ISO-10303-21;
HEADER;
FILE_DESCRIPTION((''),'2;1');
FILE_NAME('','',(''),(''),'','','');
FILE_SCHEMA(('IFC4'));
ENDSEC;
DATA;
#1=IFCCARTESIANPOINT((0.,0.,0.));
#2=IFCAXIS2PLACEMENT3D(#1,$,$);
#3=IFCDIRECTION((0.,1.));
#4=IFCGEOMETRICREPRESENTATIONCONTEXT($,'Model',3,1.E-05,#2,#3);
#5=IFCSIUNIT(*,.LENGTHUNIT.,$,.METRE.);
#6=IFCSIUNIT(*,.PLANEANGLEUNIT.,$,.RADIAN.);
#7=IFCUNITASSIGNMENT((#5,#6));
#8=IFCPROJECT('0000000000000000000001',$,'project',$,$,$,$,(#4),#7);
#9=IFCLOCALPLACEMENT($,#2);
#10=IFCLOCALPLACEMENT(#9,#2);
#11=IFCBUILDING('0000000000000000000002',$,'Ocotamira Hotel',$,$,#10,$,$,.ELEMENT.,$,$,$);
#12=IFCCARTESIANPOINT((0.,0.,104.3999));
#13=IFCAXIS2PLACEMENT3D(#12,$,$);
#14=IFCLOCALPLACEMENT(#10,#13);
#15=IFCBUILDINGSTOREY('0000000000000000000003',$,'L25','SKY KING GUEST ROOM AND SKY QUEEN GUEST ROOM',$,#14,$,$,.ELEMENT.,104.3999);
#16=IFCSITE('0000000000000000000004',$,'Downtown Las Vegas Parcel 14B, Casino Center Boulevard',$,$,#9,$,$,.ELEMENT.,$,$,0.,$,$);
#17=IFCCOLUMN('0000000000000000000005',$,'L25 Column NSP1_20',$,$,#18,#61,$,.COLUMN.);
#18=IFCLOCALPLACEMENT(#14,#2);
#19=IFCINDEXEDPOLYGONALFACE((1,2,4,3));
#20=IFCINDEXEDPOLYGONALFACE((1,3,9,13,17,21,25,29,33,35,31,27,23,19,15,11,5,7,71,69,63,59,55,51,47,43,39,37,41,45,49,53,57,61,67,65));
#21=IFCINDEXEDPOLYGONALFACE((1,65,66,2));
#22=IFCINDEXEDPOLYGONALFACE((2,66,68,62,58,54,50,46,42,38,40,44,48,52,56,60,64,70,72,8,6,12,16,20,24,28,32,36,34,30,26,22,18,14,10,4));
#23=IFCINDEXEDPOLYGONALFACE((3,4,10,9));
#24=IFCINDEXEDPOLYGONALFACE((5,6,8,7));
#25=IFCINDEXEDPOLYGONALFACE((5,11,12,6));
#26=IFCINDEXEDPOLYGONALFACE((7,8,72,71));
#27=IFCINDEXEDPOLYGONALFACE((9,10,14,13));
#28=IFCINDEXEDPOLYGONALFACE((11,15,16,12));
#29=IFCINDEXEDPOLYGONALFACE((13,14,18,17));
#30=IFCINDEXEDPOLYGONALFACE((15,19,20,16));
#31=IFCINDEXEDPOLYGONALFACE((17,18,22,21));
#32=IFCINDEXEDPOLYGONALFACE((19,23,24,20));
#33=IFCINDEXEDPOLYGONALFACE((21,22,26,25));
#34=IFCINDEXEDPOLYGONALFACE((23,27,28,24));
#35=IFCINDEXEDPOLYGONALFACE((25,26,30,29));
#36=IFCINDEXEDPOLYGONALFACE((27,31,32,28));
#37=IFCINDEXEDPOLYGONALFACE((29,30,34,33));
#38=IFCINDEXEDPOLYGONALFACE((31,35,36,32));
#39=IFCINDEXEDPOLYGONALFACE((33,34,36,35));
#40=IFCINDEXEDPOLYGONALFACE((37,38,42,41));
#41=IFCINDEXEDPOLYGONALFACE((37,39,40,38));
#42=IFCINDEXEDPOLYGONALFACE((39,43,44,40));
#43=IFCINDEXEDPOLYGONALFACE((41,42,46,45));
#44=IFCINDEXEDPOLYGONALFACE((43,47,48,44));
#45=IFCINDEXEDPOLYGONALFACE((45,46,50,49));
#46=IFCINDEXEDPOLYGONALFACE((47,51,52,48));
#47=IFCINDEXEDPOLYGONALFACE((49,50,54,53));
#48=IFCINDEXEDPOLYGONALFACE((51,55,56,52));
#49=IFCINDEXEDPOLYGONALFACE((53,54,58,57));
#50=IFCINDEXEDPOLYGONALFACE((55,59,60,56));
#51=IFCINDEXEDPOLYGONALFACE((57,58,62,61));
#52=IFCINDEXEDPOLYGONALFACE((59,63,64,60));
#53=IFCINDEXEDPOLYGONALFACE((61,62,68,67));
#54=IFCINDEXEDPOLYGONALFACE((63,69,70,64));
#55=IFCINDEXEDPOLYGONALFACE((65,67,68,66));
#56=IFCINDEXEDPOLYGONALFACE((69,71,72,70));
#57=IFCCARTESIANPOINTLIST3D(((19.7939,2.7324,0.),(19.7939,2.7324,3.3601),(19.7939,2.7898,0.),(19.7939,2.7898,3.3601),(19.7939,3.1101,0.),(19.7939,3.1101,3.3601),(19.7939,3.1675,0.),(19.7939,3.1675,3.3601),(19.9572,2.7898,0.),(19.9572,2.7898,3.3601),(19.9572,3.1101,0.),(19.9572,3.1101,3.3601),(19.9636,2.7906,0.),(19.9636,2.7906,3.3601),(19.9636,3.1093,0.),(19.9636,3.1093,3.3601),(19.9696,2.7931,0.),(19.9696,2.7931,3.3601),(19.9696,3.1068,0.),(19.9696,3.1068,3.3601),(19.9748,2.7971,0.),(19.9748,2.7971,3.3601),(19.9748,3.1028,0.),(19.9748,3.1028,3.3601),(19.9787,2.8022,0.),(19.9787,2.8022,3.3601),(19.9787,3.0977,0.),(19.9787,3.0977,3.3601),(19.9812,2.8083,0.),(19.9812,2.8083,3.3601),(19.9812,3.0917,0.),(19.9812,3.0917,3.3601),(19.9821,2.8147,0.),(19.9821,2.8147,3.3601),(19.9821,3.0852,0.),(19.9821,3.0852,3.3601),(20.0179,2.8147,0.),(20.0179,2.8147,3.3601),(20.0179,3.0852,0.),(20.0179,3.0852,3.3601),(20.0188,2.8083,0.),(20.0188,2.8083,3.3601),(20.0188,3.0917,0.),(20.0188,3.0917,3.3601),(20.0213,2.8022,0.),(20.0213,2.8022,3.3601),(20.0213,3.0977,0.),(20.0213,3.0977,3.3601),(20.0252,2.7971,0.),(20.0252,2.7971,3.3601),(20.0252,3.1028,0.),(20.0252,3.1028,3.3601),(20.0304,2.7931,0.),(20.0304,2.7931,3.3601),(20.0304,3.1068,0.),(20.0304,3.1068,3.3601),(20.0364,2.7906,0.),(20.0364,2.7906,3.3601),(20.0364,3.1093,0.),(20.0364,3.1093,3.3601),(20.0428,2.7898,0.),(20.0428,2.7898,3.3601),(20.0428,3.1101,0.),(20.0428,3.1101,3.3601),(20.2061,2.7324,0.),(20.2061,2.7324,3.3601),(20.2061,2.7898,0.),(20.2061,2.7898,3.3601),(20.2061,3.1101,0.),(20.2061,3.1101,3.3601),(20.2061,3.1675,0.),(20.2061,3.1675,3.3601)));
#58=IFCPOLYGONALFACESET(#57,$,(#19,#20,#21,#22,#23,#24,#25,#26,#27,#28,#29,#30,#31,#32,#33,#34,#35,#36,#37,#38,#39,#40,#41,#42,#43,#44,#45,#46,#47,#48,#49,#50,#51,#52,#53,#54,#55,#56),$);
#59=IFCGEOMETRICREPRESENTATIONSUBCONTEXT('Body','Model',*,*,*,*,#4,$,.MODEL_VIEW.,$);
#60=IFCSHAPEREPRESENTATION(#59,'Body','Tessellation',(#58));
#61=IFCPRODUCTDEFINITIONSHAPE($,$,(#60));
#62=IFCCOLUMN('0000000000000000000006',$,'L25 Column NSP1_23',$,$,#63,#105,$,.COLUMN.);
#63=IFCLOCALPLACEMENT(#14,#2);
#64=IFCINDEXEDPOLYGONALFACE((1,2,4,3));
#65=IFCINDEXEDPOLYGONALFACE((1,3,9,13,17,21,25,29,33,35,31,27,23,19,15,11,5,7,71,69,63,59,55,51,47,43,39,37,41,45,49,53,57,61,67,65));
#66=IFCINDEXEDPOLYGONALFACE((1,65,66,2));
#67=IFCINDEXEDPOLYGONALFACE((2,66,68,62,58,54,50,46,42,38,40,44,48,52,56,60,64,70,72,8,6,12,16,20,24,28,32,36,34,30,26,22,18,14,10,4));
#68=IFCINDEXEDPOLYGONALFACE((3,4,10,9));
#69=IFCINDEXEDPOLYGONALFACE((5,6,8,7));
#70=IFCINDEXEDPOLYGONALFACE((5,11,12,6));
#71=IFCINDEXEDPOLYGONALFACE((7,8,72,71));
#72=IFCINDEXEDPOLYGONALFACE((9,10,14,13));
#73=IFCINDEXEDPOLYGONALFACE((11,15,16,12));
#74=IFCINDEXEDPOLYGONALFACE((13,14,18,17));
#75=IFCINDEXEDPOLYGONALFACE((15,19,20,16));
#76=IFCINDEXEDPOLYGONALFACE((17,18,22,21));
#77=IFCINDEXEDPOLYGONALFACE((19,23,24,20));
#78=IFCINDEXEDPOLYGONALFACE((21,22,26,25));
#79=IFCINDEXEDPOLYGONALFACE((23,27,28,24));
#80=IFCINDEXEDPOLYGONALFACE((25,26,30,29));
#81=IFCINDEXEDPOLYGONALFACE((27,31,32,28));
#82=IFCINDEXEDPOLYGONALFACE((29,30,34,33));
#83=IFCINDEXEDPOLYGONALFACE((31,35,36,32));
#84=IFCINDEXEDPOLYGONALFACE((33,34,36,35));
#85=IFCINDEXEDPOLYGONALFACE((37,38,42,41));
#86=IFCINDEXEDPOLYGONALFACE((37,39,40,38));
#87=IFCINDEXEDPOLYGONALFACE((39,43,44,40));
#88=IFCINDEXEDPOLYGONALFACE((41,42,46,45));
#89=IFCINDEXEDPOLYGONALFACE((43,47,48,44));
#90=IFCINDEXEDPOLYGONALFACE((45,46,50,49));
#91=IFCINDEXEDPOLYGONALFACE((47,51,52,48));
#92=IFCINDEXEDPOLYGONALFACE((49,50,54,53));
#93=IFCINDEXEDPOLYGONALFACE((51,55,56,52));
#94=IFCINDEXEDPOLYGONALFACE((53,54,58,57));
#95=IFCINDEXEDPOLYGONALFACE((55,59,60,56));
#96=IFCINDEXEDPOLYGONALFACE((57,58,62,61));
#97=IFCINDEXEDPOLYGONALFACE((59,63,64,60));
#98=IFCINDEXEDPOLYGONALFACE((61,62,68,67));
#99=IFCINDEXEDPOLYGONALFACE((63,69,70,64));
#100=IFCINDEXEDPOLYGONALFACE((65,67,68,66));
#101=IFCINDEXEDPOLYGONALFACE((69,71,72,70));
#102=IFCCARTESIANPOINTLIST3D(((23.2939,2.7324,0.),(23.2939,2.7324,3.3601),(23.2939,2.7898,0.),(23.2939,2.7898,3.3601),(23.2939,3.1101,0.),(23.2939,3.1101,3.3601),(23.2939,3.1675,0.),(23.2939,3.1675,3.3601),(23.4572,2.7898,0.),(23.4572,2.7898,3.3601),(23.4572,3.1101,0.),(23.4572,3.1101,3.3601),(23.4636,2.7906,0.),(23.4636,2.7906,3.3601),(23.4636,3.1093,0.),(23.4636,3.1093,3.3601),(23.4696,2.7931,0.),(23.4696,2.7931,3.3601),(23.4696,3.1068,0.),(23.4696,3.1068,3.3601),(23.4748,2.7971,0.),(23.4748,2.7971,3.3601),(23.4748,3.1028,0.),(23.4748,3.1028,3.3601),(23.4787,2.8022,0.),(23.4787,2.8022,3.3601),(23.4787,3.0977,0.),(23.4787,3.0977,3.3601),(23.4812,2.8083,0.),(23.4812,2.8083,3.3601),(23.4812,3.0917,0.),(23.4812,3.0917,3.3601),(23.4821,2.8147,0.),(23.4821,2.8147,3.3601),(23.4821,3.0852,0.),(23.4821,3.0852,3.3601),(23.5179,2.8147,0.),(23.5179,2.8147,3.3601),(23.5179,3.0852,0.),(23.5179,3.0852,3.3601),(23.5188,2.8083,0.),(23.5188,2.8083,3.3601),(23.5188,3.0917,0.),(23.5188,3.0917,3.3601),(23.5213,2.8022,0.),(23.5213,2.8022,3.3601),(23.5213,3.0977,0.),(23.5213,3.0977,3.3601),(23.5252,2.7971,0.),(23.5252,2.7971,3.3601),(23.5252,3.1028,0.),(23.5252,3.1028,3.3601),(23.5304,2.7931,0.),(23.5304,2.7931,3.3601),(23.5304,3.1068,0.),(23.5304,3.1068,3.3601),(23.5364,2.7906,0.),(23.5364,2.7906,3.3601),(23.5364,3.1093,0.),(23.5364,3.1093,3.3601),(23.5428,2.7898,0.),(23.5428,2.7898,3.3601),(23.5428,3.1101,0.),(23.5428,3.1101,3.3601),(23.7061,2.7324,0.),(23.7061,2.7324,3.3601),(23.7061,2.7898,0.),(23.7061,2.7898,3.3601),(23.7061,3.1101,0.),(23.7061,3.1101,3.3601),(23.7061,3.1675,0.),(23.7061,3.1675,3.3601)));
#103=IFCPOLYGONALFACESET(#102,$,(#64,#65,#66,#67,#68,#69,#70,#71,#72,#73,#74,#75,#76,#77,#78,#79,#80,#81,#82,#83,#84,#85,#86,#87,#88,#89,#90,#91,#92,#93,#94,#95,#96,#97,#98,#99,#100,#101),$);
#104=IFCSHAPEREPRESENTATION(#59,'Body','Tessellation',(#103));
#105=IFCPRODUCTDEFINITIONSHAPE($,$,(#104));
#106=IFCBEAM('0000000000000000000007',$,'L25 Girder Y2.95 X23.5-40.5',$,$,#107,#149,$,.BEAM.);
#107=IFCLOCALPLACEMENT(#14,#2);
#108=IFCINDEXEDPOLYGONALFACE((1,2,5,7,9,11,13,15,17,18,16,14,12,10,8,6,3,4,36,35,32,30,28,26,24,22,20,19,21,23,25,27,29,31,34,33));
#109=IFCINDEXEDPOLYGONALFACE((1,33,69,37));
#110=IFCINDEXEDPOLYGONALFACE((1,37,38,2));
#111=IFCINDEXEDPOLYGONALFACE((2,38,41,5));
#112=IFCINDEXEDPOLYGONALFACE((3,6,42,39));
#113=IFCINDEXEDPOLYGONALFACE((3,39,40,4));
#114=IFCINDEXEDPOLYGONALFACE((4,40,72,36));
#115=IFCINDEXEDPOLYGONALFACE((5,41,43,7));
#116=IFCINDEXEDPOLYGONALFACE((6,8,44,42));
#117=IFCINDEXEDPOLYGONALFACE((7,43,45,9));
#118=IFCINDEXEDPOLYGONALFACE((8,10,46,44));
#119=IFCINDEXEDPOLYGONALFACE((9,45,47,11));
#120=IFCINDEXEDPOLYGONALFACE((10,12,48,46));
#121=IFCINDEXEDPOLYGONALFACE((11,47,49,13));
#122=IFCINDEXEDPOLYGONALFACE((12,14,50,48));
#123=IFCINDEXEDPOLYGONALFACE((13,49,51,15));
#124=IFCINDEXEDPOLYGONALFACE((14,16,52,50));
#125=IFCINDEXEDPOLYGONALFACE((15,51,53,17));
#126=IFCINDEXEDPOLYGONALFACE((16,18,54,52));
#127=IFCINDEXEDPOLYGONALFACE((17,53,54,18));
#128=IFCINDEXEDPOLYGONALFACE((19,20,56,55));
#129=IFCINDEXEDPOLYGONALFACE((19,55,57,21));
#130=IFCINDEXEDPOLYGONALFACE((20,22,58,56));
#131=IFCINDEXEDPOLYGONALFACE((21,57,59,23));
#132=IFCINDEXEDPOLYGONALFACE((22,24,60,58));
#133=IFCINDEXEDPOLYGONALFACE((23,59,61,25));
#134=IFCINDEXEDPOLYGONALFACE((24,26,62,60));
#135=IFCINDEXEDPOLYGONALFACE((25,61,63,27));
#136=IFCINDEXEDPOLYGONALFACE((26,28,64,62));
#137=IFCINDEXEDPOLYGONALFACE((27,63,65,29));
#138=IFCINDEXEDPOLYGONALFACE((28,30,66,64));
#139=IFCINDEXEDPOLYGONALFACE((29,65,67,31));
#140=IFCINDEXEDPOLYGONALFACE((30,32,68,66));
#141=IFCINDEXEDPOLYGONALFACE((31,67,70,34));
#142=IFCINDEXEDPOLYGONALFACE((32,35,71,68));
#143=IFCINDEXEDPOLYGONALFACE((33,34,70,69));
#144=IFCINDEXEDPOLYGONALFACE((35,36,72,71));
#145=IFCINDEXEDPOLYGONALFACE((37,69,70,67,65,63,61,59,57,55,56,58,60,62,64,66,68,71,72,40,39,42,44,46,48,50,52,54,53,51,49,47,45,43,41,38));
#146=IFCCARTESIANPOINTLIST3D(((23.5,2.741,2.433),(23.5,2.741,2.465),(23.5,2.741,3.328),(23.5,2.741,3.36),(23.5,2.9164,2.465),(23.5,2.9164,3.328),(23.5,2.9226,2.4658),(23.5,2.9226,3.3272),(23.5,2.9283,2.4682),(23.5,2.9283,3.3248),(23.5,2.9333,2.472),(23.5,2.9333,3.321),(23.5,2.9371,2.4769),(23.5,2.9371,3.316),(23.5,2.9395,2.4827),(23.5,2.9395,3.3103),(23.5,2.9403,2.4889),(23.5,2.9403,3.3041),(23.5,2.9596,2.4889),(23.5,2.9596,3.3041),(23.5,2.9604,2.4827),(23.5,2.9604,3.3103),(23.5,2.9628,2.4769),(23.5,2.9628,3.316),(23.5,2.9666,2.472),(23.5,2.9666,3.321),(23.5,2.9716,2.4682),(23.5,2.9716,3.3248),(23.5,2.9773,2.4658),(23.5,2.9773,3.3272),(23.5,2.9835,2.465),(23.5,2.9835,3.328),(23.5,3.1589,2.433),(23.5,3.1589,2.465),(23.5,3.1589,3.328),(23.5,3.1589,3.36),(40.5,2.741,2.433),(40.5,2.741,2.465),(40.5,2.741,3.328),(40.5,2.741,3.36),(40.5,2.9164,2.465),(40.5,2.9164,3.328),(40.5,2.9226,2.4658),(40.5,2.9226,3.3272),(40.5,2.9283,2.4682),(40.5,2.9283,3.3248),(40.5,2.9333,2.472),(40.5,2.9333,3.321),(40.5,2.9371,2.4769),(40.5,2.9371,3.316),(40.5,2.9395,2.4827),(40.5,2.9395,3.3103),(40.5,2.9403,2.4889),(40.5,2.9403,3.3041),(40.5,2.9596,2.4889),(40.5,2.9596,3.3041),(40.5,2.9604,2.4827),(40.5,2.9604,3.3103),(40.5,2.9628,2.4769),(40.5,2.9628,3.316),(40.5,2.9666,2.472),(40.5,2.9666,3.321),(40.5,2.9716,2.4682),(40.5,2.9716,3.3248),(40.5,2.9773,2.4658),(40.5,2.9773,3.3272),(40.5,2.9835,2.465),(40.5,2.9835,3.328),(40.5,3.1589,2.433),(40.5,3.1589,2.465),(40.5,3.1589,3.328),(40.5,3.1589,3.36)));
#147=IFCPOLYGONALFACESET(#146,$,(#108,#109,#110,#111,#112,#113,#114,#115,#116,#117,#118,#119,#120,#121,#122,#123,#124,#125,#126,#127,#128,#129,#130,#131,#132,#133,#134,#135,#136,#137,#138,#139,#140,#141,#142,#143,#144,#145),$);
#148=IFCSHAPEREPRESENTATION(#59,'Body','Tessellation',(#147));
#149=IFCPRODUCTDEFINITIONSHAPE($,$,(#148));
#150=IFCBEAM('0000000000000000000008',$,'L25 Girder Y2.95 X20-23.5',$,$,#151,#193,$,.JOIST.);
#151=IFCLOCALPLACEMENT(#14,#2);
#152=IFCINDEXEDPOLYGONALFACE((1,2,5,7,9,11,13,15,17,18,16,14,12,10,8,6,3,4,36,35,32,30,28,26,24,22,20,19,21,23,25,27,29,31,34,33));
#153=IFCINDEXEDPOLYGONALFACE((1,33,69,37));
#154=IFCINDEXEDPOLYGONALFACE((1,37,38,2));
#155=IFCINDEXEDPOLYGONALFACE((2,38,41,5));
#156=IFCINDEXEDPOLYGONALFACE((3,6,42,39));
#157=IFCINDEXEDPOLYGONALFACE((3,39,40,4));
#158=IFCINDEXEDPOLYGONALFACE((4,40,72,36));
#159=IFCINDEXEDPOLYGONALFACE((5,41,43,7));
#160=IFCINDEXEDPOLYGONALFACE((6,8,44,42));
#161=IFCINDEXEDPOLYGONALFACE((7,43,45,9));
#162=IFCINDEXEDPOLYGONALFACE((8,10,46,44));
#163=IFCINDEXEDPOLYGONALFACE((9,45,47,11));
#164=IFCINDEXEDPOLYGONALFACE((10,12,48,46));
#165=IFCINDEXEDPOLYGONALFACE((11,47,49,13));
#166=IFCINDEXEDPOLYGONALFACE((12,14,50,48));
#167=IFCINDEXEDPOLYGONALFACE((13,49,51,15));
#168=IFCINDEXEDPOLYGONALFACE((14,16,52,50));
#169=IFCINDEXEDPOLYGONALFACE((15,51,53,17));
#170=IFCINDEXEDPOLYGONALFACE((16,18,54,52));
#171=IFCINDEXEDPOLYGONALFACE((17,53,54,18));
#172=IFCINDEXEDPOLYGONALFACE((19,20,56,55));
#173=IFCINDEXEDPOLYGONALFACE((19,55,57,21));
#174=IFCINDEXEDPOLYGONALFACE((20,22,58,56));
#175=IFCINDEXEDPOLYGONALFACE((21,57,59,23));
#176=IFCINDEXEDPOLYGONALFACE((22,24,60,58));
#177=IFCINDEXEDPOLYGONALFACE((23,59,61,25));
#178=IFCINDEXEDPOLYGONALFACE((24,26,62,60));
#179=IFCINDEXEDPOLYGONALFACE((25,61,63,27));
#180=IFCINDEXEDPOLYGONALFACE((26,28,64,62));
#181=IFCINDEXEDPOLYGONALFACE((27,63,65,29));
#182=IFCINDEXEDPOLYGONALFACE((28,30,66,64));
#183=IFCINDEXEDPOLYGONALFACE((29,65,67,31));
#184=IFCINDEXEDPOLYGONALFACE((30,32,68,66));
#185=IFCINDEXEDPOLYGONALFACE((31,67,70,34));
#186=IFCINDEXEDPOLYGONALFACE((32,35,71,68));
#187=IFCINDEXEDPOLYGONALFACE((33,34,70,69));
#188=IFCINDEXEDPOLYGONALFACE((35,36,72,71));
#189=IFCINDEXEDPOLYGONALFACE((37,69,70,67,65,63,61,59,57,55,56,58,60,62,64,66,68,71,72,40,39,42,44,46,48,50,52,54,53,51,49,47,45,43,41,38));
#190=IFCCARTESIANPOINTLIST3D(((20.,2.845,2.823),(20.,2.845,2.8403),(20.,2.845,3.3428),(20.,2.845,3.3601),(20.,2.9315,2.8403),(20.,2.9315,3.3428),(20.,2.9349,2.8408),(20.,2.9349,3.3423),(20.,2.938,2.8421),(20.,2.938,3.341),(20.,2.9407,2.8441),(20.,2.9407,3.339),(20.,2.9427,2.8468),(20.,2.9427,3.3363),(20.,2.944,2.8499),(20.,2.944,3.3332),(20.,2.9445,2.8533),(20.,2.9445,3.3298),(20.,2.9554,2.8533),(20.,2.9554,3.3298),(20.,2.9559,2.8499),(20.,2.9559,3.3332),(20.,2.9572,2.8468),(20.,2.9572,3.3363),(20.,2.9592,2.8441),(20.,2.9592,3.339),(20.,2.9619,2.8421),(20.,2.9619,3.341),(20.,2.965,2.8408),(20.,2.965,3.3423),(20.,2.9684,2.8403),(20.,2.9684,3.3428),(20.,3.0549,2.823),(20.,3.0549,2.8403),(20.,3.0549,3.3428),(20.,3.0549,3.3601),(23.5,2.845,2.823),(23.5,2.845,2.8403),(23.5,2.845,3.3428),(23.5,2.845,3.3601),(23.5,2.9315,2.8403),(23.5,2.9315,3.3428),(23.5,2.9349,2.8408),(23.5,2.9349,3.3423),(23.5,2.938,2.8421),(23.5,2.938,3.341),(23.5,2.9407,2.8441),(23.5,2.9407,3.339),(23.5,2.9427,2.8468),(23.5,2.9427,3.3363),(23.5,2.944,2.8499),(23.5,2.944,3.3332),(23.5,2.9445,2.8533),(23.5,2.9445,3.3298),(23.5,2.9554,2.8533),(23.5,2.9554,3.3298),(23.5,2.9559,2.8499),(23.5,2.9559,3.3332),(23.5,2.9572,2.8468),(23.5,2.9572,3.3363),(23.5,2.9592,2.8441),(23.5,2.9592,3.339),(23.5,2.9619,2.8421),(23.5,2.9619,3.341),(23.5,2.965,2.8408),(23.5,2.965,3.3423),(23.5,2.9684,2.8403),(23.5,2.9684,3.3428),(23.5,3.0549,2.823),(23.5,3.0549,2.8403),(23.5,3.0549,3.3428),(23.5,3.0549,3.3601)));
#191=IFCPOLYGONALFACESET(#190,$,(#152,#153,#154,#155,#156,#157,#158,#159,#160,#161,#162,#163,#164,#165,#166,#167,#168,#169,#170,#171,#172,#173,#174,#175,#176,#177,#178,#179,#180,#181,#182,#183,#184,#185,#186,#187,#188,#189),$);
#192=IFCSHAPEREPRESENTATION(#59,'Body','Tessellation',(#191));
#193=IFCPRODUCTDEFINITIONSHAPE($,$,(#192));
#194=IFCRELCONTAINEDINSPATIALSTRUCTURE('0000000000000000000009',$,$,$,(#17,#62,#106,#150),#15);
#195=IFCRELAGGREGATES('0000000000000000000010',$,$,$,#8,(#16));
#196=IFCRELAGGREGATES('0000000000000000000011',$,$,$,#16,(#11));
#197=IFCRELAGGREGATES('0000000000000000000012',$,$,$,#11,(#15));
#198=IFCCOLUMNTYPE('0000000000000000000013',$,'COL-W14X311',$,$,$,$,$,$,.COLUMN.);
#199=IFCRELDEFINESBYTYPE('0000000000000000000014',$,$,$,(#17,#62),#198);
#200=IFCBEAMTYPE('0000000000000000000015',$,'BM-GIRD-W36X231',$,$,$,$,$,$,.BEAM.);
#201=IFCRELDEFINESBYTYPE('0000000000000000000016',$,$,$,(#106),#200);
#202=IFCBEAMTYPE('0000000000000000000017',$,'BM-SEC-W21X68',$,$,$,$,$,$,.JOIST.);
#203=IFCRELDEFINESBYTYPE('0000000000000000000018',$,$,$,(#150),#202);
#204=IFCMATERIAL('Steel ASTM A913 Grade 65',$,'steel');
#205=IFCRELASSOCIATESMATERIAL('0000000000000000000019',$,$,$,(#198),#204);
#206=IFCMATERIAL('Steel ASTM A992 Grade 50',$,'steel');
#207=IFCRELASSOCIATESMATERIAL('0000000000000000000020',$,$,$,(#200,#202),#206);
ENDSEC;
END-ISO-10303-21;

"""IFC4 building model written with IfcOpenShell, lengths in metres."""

from ifc_helpers import new_model, si_unit, direction, frame, origin, origin_2d, place, context, subcontext, project, spatial, i_section, extrude, source, transform, mapped, material, material_profile, profile_set, type_object, element, save


model = new_model("IFC4")

# Units and contexts
model_context = context("Model", 3, precision=1e-05, world=origin(), true_north=direction((0.0, 1.0)))
body_context = subcontext(model_context, "Body", "Model", "MODEL_VIEW")
ifc_project = project(units=[si_unit("LENGTHUNIT", "METRE"), si_unit("PLANEANGLEUNIT", "RADIAN")], contexts=[model_context])

# Site, building, storey
site_placement = place(None, origin())
site = spatial("IfcSite", under=ifc_project, at=site_placement, Name="Downtown Las Vegas Parcel 14B, Casino Center Boulevard", CompositionType="ELEMENT", RefElevation=0.0)
building_placement = place(site_placement, origin())
building = spatial("IfcBuilding", under=site, at=building_placement, Name="Ocotamira Hotel", CompositionType="ELEMENT")
storey_placement = place(building_placement, frame((0.0, 0.0, 104.3999)))
storey = spatial("IfcBuildingStorey", under=building, at=storey_placement, Name="L25", Description="SKY KING GUEST ROOM AND SKY QUEEN GUEST ROOM", CompositionType="ELEMENT", Elevation=104.3999)

# Columns
ifc_material_1 = material(Name="Steel ASTM A913 Grade 65", Category="steel")
ifc_material_profile_1 = material_profile(ifc_material_1, i_section(OverallWidth=0.4121, OverallDepth=0.4351, WebThickness=0.0359, FlangeThickness=0.0574, FilletRadius=0.0249, at=origin_2d()), Name="W14X311")
ifc_profile_set_1 = profile_set([ifc_material_profile_1], Name="Steel ASTM A913 Grade 65")
column_type = type_object("IfcColumnType", Name="COL-W14X311", PredefinedType="COLUMN", material=ifc_profile_set_1)
shared_shape_1 = source(origin(), body_context, "Body", "SweptSolid", [
    extrude(i_section(OverallWidth=0.4121, OverallDepth=0.4351, WebThickness=0.0359, FlangeThickness=0.0574, FilletRadius=0.0249, at=origin_2d()), origin(), (0.0, 0.0, 1.0), 3.3601),
])
for number, where, z_axis, x_axis, name in (
    (1, (20.0, 2.95, 0.0), (0.0, 0.0, 1.0), (1.0, 0.0, 0.0), "L25 Column NSP1_20"),
    (2, (23.5, 2.95, 0.0), (0.0, 0.0, 1.0), (1.0, 0.0, 0.0), "L25 Column NSP1_23"),
):
    element("IfcColumn", number, at=place(storey_placement, frame(where, z_axis=z_axis, x_axis=x_axis)), inside=storey, type_object=column_type, Name=name, PredefinedType="COLUMN", context=body_context, shape_type="MappedRepresentation", body=[
        mapped(shared_shape_1, transform((0.0, 0.0, 0.0), scale=1.0)),
    ])

# Beams
ifc_material_2 = material(Name="Steel ASTM A992 Grade 50", Category="steel")
ifc_material_profile_2 = material_profile(ifc_material_2, i_section(OverallWidth=0.418, OverallDepth=0.927, WebThickness=0.0193, FlangeThickness=0.032, FilletRadius=0.0239, at=origin_2d()), Name="W36X231")
ifc_profile_set_2 = profile_set([ifc_material_profile_2], Name="Steel ASTM A992 Grade 50")
beam_type_1 = type_object("IfcBeamType", Name="BM-GIRD-W36X231", PredefinedType="BEAM", material=ifc_profile_set_2)
shared_shape_2 = source(origin(), body_context, "Body", "SweptSolid", [
    extrude(i_section(OverallWidth=0.418, OverallDepth=0.927, WebThickness=0.0193, FlangeThickness=0.032, FilletRadius=0.0239, at=origin_2d()), origin(), (0.0, 0.0, 1.0), 17.0),
])
beam_1_placement = place(storey_placement, frame((23.5, 2.95, 2.8965), z_axis=(1.0, 0.0, 0.0), x_axis=(0.0, 1.0, 0.0)))
element("IfcBeam", 3, at=beam_1_placement, inside=storey, type_object=beam_type_1, Name="L25 Girder Y2.95 X23.5-40.5", PredefinedType="BEAM", context=body_context, shape_type="MappedRepresentation", body=[
    mapped(shared_shape_2, transform((0.0, 0.0, 0.0), scale=1.0)),
])
ifc_material_profile_3 = material_profile(ifc_material_2, i_section(OverallWidth=0.21, OverallDepth=0.5371, WebThickness=0.011, FlangeThickness=0.0173, FilletRadius=0.0129, at=origin_2d()), Name="W21X68")
ifc_profile_set_3 = profile_set([ifc_material_profile_3], Name="Steel ASTM A992 Grade 50")
beam_type_2 = type_object("IfcBeamType", Name="BM-SEC-W21X68", PredefinedType="JOIST", material=ifc_profile_set_3)
shared_shape_3 = source(origin(), body_context, "Body", "SweptSolid", [
    extrude(i_section(OverallWidth=0.21, OverallDepth=0.5371, WebThickness=0.011, FlangeThickness=0.0173, FilletRadius=0.0129, at=origin_2d()), origin(), (0.0, 0.0, 1.0), 3.5),
])
beam_2_placement = place(storey_placement, frame((20.0, 2.95, 3.0916), z_axis=(1.0, 0.0, 0.0), x_axis=(0.0, 1.0, 0.0)))
element("IfcBeam", 4, at=beam_2_placement, inside=storey, type_object=beam_type_2, Name="L25 Girder Y2.95 X20-23.5", PredefinedType="JOIST", context=body_context, shape_type="MappedRepresentation", body=[
    mapped(shared_shape_3, transform((0.0, 0.0, 0.0), scale=1.0)),
])

save(model, "model.ifc")
